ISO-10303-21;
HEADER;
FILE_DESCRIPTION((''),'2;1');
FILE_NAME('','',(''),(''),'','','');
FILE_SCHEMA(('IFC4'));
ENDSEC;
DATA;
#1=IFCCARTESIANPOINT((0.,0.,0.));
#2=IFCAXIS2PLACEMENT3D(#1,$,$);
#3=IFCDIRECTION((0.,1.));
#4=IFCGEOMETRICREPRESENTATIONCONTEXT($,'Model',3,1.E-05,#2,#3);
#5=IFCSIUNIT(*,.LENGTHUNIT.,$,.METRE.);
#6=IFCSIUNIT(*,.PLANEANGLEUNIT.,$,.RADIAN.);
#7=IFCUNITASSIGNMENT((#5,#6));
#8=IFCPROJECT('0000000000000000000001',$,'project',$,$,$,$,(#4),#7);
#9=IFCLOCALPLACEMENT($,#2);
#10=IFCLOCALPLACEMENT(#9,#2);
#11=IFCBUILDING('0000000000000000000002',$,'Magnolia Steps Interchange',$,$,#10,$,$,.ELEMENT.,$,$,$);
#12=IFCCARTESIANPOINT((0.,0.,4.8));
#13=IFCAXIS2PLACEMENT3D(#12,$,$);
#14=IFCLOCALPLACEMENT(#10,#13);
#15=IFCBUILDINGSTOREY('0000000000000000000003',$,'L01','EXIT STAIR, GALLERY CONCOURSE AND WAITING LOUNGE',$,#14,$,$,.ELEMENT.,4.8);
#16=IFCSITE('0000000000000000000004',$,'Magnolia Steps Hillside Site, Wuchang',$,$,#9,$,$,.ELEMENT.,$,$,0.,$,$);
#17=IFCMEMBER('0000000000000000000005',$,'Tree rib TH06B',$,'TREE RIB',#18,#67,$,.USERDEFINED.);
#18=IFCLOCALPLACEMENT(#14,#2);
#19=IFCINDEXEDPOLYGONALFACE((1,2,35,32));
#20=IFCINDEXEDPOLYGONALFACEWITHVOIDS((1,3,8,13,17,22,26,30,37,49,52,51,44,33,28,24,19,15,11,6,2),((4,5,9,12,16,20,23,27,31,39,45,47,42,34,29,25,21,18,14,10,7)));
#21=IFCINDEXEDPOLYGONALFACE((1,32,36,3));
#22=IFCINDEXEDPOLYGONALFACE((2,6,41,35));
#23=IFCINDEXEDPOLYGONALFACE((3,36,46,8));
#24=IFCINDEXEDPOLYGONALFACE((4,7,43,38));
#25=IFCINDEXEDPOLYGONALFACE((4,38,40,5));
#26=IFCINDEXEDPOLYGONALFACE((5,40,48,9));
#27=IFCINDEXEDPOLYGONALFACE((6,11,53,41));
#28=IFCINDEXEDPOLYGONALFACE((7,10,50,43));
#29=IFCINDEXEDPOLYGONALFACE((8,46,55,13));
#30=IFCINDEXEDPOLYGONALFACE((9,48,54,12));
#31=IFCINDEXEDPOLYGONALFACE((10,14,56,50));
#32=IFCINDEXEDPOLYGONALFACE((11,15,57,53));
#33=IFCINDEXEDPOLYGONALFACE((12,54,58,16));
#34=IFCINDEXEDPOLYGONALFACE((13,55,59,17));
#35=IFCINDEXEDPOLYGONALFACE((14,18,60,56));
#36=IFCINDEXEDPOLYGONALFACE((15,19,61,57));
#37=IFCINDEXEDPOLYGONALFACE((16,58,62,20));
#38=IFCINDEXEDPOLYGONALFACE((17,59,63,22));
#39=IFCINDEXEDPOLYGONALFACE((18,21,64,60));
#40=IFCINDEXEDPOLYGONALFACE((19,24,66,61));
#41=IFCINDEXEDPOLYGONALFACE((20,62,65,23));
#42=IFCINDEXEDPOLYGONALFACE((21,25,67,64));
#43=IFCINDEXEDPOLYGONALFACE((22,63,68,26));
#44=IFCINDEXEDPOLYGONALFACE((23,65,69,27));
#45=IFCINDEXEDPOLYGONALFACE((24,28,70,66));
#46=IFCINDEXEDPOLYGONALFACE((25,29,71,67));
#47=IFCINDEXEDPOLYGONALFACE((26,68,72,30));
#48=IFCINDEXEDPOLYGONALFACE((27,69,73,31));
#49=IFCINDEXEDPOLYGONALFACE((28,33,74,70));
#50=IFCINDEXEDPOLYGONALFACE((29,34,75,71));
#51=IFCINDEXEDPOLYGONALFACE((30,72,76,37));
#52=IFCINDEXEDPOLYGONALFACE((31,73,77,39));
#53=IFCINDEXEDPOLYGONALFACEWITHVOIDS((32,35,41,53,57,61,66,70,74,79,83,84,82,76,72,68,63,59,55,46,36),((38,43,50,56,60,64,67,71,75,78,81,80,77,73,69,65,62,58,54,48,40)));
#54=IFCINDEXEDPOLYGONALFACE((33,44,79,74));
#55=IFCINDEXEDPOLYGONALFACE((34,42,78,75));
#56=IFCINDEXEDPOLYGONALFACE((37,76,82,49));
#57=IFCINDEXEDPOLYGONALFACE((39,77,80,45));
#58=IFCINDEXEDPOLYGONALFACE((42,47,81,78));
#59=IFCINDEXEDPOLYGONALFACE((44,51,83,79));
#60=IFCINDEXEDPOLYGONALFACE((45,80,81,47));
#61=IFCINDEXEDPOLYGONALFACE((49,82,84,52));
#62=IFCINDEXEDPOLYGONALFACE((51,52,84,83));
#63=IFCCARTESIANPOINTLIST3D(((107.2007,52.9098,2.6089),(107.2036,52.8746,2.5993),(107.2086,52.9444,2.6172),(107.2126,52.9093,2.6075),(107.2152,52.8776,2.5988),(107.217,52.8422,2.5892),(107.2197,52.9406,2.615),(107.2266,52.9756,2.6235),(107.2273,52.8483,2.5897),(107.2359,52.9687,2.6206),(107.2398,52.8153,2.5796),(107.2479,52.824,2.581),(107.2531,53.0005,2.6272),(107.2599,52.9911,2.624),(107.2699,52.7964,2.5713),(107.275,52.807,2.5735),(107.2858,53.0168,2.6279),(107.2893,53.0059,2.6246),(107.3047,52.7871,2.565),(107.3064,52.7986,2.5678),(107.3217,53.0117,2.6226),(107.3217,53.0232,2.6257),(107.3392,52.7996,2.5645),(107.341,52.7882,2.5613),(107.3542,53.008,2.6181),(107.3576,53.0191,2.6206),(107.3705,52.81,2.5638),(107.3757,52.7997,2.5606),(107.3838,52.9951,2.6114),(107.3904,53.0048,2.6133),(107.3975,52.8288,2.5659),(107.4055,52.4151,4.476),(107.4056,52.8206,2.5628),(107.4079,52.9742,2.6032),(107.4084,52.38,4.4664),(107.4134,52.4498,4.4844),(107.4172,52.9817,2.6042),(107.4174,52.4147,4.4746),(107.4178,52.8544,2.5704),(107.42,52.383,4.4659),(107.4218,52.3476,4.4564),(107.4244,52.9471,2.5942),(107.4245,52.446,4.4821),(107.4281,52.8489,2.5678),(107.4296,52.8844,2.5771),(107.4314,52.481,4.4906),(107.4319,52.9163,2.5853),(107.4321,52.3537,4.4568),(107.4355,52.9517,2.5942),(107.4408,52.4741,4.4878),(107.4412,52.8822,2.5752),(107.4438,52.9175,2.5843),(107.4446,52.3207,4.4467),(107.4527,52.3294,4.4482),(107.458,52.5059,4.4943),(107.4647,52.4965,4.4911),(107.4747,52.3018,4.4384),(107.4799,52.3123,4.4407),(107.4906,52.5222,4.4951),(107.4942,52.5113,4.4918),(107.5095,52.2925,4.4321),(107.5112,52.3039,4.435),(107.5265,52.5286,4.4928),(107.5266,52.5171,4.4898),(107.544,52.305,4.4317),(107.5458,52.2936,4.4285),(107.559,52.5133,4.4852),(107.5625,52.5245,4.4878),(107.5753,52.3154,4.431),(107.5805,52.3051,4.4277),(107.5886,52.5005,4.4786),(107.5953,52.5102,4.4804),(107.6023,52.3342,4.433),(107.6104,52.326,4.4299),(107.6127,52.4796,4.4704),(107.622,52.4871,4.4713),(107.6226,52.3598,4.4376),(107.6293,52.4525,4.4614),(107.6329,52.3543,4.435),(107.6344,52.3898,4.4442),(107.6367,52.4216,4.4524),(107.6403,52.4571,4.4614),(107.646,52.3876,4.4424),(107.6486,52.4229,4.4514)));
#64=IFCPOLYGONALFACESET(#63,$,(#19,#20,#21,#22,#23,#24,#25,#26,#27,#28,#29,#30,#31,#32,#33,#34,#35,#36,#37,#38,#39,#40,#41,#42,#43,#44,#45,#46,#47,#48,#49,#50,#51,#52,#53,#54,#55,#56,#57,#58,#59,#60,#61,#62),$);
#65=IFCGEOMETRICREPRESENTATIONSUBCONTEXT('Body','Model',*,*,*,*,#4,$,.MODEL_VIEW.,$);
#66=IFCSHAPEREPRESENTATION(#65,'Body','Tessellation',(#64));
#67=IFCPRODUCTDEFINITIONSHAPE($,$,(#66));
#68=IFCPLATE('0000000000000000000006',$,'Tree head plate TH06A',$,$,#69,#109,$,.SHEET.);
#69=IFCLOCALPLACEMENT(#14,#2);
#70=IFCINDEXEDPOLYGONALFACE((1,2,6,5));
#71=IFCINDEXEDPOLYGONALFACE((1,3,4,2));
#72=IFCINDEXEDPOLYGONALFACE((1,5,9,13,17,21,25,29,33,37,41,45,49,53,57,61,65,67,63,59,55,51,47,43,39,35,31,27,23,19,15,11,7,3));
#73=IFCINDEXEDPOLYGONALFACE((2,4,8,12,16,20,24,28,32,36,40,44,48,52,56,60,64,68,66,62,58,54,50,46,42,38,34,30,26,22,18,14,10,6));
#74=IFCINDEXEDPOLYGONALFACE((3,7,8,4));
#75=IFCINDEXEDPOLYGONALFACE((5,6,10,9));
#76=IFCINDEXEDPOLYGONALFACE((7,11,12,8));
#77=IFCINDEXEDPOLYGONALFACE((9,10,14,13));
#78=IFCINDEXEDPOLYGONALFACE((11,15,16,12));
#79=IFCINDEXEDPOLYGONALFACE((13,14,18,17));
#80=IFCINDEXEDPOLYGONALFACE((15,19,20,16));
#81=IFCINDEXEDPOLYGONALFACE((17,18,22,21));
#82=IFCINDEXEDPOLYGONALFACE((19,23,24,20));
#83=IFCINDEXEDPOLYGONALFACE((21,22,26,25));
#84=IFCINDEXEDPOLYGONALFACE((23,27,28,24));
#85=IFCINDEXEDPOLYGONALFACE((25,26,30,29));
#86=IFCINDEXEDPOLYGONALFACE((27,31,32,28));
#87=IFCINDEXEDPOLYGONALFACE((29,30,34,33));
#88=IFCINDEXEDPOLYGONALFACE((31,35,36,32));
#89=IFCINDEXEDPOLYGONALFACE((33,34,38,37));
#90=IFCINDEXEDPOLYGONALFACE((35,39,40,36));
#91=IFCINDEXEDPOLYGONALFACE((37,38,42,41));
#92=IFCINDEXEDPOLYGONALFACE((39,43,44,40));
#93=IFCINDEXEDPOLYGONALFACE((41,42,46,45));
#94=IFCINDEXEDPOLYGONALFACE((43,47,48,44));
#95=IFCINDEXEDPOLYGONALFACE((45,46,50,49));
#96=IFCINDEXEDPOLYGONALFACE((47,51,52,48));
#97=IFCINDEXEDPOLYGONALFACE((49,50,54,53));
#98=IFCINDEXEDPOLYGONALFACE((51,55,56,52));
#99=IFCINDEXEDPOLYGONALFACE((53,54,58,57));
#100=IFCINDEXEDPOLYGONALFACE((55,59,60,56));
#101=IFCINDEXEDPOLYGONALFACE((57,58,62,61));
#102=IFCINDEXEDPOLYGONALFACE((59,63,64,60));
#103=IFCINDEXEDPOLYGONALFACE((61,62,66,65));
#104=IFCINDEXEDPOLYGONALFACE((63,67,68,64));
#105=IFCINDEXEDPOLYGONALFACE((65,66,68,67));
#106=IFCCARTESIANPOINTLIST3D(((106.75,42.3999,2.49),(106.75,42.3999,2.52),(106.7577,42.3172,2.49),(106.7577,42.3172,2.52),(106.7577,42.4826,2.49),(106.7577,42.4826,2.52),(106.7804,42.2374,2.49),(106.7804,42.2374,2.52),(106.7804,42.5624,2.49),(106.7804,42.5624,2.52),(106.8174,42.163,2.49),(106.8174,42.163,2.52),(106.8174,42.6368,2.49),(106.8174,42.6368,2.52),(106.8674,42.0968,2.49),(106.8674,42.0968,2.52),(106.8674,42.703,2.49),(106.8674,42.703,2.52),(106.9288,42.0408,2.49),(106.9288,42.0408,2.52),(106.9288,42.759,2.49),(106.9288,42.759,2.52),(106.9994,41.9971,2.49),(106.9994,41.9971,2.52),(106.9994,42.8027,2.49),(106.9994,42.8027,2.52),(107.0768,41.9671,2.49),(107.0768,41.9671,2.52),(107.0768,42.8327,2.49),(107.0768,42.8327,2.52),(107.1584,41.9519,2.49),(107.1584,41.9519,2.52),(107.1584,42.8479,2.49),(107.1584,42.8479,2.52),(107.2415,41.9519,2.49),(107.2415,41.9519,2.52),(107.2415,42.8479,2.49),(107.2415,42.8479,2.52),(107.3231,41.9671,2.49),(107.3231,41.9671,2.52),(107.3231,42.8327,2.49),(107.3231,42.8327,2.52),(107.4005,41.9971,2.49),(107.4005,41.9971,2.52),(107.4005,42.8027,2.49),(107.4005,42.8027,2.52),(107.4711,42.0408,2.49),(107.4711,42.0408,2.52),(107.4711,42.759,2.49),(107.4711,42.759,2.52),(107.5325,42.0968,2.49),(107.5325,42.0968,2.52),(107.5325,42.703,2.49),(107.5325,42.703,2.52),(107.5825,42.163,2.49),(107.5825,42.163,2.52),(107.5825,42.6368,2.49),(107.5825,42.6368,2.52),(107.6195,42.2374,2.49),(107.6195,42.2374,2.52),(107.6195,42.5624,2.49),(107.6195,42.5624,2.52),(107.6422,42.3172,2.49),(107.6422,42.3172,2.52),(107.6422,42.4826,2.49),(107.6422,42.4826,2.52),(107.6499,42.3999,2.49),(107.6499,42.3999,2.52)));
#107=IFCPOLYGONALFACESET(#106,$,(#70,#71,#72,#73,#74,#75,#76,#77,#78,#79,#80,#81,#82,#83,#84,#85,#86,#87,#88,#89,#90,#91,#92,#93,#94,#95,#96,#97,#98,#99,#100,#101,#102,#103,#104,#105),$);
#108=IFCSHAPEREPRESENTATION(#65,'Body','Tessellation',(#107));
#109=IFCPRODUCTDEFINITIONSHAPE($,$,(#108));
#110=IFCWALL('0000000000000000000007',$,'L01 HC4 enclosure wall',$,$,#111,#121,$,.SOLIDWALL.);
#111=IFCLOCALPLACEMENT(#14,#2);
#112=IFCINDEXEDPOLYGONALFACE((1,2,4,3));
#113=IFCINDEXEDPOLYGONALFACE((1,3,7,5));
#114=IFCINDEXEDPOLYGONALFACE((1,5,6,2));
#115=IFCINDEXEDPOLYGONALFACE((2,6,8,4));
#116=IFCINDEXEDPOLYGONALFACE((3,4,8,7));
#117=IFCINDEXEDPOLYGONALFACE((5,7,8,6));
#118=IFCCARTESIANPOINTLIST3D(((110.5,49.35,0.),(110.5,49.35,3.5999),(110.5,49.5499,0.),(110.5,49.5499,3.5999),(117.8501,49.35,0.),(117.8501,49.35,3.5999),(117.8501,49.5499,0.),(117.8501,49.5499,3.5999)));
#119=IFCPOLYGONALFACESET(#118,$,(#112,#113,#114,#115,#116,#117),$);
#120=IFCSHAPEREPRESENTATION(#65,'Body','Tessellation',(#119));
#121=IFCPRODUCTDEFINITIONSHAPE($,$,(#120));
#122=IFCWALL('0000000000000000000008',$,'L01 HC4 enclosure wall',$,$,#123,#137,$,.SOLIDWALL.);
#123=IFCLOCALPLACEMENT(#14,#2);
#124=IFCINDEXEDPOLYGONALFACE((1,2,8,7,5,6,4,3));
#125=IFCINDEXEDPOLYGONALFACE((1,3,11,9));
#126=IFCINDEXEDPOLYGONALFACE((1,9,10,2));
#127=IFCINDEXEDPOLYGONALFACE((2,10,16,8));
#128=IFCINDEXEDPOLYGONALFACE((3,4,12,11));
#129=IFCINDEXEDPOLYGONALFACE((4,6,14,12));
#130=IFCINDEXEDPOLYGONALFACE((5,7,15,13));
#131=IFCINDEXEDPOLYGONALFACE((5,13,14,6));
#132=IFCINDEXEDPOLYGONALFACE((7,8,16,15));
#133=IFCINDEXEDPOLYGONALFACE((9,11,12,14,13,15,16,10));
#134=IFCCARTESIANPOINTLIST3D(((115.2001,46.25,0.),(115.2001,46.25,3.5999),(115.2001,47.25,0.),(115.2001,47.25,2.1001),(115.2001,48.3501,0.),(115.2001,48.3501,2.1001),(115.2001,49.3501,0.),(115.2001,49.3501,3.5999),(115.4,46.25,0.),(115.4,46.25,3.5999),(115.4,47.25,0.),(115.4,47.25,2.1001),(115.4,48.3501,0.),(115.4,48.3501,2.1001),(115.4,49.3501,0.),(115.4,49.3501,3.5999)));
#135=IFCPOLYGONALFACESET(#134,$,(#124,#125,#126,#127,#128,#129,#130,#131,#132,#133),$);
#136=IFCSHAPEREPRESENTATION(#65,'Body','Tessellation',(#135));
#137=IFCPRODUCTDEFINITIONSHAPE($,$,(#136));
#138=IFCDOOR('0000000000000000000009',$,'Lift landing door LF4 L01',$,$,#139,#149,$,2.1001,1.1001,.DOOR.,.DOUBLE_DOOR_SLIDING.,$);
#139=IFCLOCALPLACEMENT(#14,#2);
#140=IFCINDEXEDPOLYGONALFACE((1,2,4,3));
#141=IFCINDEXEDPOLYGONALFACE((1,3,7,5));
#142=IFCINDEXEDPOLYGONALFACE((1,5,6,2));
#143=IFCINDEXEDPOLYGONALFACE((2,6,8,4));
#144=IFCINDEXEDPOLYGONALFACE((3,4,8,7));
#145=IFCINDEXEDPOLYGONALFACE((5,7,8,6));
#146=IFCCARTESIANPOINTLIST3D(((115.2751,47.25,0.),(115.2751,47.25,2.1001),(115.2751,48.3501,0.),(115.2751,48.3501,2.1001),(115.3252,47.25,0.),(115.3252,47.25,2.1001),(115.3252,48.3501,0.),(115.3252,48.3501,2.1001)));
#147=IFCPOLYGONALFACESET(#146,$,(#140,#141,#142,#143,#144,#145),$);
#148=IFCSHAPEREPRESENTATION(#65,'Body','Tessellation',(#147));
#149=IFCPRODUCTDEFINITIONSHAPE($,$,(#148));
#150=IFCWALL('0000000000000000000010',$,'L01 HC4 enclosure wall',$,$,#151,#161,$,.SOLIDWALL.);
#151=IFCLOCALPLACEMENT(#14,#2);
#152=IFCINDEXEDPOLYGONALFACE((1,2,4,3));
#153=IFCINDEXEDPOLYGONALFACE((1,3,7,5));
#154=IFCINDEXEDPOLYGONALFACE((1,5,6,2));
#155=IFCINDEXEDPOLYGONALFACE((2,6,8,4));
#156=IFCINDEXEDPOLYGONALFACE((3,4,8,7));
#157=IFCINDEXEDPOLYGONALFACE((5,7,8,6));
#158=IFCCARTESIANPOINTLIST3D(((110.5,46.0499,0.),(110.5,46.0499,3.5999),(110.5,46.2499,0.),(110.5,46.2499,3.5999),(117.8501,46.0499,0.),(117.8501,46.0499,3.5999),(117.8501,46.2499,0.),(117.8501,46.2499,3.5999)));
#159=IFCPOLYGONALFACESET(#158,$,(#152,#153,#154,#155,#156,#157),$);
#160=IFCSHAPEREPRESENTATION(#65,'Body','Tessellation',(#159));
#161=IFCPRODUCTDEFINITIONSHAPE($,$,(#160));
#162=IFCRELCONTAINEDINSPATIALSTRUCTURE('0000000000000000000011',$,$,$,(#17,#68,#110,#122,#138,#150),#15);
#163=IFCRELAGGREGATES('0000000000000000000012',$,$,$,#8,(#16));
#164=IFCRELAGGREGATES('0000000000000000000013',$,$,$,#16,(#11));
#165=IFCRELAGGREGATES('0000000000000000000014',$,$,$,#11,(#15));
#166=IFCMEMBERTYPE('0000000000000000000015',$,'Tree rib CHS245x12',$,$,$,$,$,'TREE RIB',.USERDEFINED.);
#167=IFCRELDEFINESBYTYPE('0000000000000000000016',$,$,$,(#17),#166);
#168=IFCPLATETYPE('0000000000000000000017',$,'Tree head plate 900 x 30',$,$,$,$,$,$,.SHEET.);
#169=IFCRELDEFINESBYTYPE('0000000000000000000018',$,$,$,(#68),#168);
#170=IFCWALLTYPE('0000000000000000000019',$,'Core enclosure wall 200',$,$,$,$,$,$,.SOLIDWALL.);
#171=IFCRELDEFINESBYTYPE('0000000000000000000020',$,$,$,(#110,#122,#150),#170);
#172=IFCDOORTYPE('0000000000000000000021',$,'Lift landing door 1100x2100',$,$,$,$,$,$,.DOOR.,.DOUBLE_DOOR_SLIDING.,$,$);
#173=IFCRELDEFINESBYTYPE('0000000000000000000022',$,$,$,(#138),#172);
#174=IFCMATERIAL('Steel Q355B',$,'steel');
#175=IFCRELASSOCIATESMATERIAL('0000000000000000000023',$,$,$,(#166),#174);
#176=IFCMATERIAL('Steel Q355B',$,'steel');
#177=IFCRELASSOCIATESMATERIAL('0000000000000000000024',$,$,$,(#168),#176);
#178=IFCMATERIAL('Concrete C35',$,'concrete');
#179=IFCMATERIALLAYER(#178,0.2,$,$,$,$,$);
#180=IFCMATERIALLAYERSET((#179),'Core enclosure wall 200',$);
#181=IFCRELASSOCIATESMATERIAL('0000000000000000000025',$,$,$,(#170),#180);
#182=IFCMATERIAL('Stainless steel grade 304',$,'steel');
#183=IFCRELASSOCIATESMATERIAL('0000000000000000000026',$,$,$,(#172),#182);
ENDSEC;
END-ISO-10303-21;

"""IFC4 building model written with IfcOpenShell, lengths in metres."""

from ifc_helpers import new_model, si_unit, direction, frame, frame_2d, origin, origin_2d, place, context, subcontext, project, spatial, rectangle, circle, hollow_circle, extrude, material, layer, layer_set, material_profile, profile_set, type_object, element, fill, save


model = new_model("IFC4")

# Units and contexts
model_context = context("Model", 3, precision=1e-05, world=origin(), true_north=direction((0.0, 1.0)))
body_context = subcontext(model_context, "Body", "Model", "MODEL_VIEW")
ifc_project = project(units=[si_unit("LENGTHUNIT", "METRE"), si_unit("PLANEANGLEUNIT", "RADIAN")], contexts=[model_context])

# Site, building, storey
site_placement = place(None, origin())
site = spatial("IfcSite", under=ifc_project, at=site_placement, Name="Magnolia Steps Hillside Site, Wuchang", CompositionType="ELEMENT", RefElevation=0.0)
building_placement = place(site_placement, origin())
building = spatial("IfcBuilding", under=site, at=building_placement, Name="Magnolia Steps Interchange", CompositionType="ELEMENT")
storey_placement = place(building_placement, frame((0.0, 0.0, 4.8)))
storey = spatial("IfcBuildingStorey", under=building, at=storey_placement, Name="L01", Description="EXIT STAIR, GALLERY CONCOURSE AND WAITING LOUNGE", CompositionType="ELEMENT", Elevation=4.8)

# Member
ifc_material_1 = material(Name="Steel Q355B", Category="steel")
ifc_material_profile_1 = material_profile(ifc_material_1, hollow_circle(Radius=0.1226, WallThickness=0.012, at=origin_2d()), Name="CHS245x12")
ifc_profile_set_1 = profile_set([ifc_material_profile_1], Name="Steel Q355B")
member_type = type_object("IfcMemberType", Name="Tree rib CHS245x12", ElementType="TREE RIB", PredefinedType="USERDEFINED", material=ifc_profile_set_1)
member_1_placement = place(storey_placement, frame((107.3223, 52.9048, 2.5942), z_axis=(0.105453, -0.254645, 0.961268), x_axis=(0.923911, 0.382607, 0.0)))
element("IfcMember", 1, at=member_1_placement, inside=storey, type_object=member_type, Name="Tree rib TH06B", ObjectType="TREE RIB", PredefinedType="USERDEFINED", context=body_context, shape_type="SweptSolid", body=[
    extrude(hollow_circle(Radius=0.1226, WallThickness=0.012, at=origin_2d()), origin(), (0.0, 0.0, 1.0), 1.9424),
])

# Plate
ifc_material_2 = material(Name="Steel Q355B", Category="steel")
ifc_material_profile_2 = material_profile(ifc_material_2, circle(Radius=0.45, at=origin_2d()), Name="Tree head plate 900 x 30")
ifc_profile_set_2 = profile_set([ifc_material_profile_2], Name="Steel Q355B")
plate_type = type_object("IfcPlateType", Name="Tree head plate 900 x 30", PredefinedType="SHEET", material=ifc_profile_set_2)
plate_placement = place(storey_placement, frame((107.2, 42.3999, 2.49), z_axis=(0.0, 0.0, 1.0), x_axis=(1.0, 0.0, 0.0)))
element("IfcPlate", 2, at=plate_placement, inside=storey, type_object=plate_type, Name="Tree head plate TH06A", PredefinedType="SHEET", context=body_context, shape_type="SweptSolid", body=[
    extrude(circle(Radius=0.45, at=origin_2d()), origin(), (0.0, 0.0, 1.0), 0.03),
])

# Wall
ifc_material_3 = material(Name="Concrete C35", Category="concrete")
ifc_layer_1 = layer(ifc_material_3, 0.2)
ifc_layer_set_1 = layer_set([ifc_layer_1], Name="Core enclosure wall 200")
wall_type_1 = type_object("IfcWallType", Name="Core enclosure wall 200", PredefinedType="SOLIDWALL", material=ifc_layer_set_1)
wall_1_placement = place(storey_placement, frame((110.5, 49.45, 0.0), z_axis=(0.0, 0.0, 1.0), x_axis=(1.0, 0.0, 0.0)))
element("IfcWall", 3, at=wall_1_placement, inside=storey, type_object=wall_type_1, Name="L01 HC4 enclosure wall", PredefinedType="SOLIDWALL", context=body_context, shape_type="SweptSolid", body=[
    extrude(rectangle(XDim=7.3501, YDim=0.2, at=frame_2d((3.675, 0.0))), origin(), (0.0, 0.0, 1.0), 3.5999),
])

# Wall, opening, door
wall_2_placement = place(storey_placement, frame((115.3, 49.3501, 0.0), z_axis=(0.0, 0.0, 1.0), x_axis=(0.0, -1.0, 0.0)))
wall_2 = element("IfcWall", 4, at=wall_2_placement, inside=storey, type_object=wall_type_1, Name="L01 HC4 enclosure wall", PredefinedType="SOLIDWALL", context=body_context, shape_type="SweptSolid", body=[
    extrude(rectangle(XDim=3.1001, YDim=0.2, at=frame_2d((1.55, 0.0))), origin(), (0.0, 0.0, 1.0), 3.5999),
])
opening_1_placement = place(wall_2_placement, frame((1.0, 0.0, 0.0)))
opening_1 = element("IfcOpeningElement", 5, at=opening_1_placement, cuts=wall_2, PredefinedType="OPENING", context=body_context, shape_type="SweptSolid", body=[
    extrude(rectangle(XDim=1.1001, YDim=2.1001, at=frame_2d((0.55, 1.05))), frame((0.0, 0.1099, 0.0), z_axis=(0.0, -1.0, 0.0), x_axis=(1.0, 0.0, 0.0)), (0.0, 0.0, 1.0), 0.22),
])
ifc_material_4 = material(Name="Stainless steel grade 304", Category="steel")
door_type_1 = type_object("IfcDoorType", Name="Lift landing door 1100x2100", OperationType="DOUBLE_DOOR_SLIDING", PredefinedType="DOOR", material=ifc_material_4)
door_1_placement = place(opening_1_placement, frame((1.1001, 0.0, 0.0), z_axis=(0.0, 0.0, 1.0), x_axis=(-1.0, 0.0, 0.0)))
door_1 = element("IfcDoor", 6, at=door_1_placement, inside=storey, type_object=door_type_1, Name="Lift landing door LF4 L01", OperationType="DOUBLE_DOOR_SLIDING", OverallHeight=2.1001, OverallWidth=1.1001, PredefinedType="DOOR", context=body_context, shape_type="SweptSolid", body=[
    extrude(rectangle(XDim=1.1001, YDim=2.1001, at=frame_2d((0.55, 1.05))), frame((0.0, 0.0249, 0.0), z_axis=(0.0, -1.0, 0.0), x_axis=(1.0, 0.0, 0.0)), (0.0, 0.0, 1.0), 0.05),
])
fill(opening_1, door_1)

# Wall
wall_3_placement = place(storey_placement, frame((110.5, 46.1499, 0.0), z_axis=(0.0, 0.0, 1.0), x_axis=(1.0, 0.0, 0.0)))
element("IfcWall", 7, at=wall_3_placement, inside=storey, type_object=wall_type_1, Name="L01 HC4 enclosure wall", PredefinedType="SOLIDWALL", context=body_context, shape_type="SweptSolid", body=[
    extrude(rectangle(XDim=7.3501, YDim=0.2, at=frame_2d((3.675, 0.0))), origin(), (0.0, 0.0, 1.0), 3.5999),
])

save(model, "model.ifc")
